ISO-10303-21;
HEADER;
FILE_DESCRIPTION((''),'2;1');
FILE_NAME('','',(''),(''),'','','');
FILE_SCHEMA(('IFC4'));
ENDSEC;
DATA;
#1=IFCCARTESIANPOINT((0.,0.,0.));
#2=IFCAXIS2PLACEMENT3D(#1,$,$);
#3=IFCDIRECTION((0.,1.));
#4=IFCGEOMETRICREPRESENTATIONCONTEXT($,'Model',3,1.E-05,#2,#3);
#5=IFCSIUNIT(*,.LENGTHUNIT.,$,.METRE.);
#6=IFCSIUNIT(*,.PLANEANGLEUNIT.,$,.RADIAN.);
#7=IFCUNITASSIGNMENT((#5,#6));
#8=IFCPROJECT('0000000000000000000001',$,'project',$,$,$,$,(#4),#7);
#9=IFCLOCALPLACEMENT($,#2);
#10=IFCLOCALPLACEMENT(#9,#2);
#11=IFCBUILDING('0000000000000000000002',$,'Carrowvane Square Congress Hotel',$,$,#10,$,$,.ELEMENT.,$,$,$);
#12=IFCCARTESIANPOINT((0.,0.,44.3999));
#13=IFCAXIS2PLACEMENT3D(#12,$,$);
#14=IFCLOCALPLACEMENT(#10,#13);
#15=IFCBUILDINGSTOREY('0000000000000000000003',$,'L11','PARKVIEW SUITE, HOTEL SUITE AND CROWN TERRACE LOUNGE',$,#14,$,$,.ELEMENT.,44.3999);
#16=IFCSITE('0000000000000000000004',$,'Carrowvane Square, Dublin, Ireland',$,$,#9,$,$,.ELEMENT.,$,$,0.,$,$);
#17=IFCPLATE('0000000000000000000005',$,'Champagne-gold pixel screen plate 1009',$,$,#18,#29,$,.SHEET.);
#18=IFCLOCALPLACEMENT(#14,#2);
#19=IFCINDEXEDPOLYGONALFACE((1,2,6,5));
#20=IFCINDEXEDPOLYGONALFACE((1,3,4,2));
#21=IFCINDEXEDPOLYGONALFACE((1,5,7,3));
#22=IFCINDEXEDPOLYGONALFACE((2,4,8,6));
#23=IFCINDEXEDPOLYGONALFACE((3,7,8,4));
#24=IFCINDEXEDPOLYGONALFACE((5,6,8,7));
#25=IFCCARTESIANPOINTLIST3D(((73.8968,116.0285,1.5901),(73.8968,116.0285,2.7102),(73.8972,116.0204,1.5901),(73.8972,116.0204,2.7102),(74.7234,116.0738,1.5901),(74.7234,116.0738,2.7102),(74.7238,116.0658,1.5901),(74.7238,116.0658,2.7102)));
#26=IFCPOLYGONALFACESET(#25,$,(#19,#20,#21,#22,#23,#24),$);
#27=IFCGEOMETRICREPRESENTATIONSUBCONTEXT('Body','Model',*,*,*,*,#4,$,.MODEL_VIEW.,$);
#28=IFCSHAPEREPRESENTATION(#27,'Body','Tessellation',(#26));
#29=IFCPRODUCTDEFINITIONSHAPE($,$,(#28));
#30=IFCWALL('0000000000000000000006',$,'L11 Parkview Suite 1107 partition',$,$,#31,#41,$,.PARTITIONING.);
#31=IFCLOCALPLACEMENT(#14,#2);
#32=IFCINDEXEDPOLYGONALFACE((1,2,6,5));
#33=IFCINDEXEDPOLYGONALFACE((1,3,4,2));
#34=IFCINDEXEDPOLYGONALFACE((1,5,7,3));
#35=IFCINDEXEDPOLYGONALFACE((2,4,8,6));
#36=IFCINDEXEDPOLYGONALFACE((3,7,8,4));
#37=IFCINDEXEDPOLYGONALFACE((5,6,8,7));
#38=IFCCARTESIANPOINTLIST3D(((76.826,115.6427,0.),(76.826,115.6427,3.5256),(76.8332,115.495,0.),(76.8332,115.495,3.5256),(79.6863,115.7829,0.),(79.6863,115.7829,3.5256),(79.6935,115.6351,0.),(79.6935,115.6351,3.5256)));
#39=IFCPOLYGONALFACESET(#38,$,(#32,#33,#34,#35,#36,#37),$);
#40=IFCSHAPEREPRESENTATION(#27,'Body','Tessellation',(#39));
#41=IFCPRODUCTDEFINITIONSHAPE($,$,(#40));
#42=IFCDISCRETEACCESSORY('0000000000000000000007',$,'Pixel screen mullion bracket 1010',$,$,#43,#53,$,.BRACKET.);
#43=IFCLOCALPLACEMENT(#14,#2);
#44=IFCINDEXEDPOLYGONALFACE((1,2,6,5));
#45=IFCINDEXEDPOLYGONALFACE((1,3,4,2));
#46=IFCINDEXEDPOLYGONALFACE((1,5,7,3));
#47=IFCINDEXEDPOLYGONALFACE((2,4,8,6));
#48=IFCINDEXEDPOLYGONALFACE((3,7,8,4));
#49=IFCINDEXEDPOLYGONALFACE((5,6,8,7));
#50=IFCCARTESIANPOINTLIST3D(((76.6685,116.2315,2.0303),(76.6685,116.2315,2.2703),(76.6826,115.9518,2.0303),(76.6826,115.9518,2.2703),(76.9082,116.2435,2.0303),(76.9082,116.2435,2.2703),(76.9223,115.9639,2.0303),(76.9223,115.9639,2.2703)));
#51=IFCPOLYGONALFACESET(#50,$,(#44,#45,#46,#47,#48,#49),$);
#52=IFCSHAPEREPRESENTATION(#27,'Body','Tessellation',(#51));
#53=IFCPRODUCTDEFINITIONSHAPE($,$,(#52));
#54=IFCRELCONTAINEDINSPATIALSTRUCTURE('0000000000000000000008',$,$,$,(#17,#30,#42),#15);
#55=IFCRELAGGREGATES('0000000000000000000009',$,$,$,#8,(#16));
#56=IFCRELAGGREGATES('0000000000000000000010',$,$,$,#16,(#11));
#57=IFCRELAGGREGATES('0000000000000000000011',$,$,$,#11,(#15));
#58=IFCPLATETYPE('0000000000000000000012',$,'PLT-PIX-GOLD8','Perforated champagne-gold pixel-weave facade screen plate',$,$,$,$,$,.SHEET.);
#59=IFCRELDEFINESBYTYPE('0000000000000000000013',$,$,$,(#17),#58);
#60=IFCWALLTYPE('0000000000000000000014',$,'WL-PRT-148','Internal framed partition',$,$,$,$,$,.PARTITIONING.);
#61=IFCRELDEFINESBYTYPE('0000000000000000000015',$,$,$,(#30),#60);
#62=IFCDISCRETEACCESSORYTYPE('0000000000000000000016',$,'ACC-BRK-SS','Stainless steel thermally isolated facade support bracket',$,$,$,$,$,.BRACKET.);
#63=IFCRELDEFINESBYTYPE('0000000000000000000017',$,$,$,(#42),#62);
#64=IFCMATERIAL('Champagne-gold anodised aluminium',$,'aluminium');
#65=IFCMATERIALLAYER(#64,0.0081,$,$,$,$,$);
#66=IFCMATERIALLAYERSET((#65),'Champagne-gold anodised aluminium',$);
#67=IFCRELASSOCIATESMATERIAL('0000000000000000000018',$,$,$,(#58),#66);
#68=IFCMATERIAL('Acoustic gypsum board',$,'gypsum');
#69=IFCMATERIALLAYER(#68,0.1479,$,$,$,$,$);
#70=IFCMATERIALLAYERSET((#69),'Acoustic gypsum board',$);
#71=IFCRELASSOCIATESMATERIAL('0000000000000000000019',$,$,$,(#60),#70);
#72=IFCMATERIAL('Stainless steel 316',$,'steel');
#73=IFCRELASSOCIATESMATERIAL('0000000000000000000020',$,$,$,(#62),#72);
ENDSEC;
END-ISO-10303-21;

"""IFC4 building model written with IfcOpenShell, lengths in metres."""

from ifc_helpers import new_model, si_unit, direction, frame, frame_2d, origin, origin_2d, place, context, subcontext, project, spatial, rectangle, extrude, material, layer, layer_set, type_object, element, save


model = new_model("IFC4")

# Units and contexts
model_context = context("Model", 3, precision=1e-05, world=origin(), true_north=direction((0.0, 1.0)))
body_context = subcontext(model_context, "Body", "Model", "MODEL_VIEW")
ifc_project = project(units=[si_unit("LENGTHUNIT", "METRE"), si_unit("PLANEANGLEUNIT", "RADIAN")], contexts=[model_context])

# Site, building, storey
site_placement = place(None, origin())
site = spatial("IfcSite", under=ifc_project, at=site_placement, Name="Carrowvane Square, Dublin, Ireland", CompositionType="ELEMENT", RefElevation=0.0)
building_placement = place(site_placement, origin())
building = spatial("IfcBuilding", under=site, at=building_placement, Name="Carrowvane Square Congress Hotel", CompositionType="ELEMENT")
storey_placement = place(building_placement, frame((0.0, 0.0, 44.3999)))
storey = spatial("IfcBuildingStorey", under=building, at=storey_placement, Name="L11", Description="PARKVIEW SUITE, HOTEL SUITE AND CROWN TERRACE LOUNGE", CompositionType="ELEMENT", Elevation=44.3999)

# Plate
ifc_material_1 = material(Name="Champagne-gold anodised aluminium", Category="aluminium")
ifc_layer_1 = layer(ifc_material_1, 0.0081)
ifc_layer_set_1 = layer_set([ifc_layer_1], Name="Champagne-gold anodised aluminium")
plate_type_1 = type_object("IfcPlateType", Name="PLT-PIX-GOLD8", Description="Perforated champagne-gold pixel-weave facade screen plate", PredefinedType="SHEET", material=ifc_layer_set_1)
plate_1_placement = place(storey_placement, frame((74.3103, 116.0471, 1.5901), z_axis=(0.0, 0.0, 1.0), x_axis=(0.998497, 0.054815, 0.0)))
element("IfcPlate", 1, at=plate_1_placement, inside=storey, type_object=plate_type_1, Name="Champagne-gold pixel screen plate 1009", PredefinedType="SHEET", context=body_context, shape_type="SweptSolid", body=[
    extrude(rectangle(XDim=0.8279, YDim=0.0081, at=origin_2d()), origin(), (0.0, 0.0, 1.0), 1.1201),
])

# Wall
ifc_material_2 = material(Name="Acoustic gypsum board", Category="gypsum")
ifc_layer_2 = layer(ifc_material_2, 0.1479)
ifc_layer_set_2 = layer_set([ifc_layer_2], Name="Acoustic gypsum board")
wall_type = type_object("IfcWallType", Name="WL-PRT-148", Description="Internal framed partition", PredefinedType="PARTITIONING", material=ifc_layer_set_2)
wall_placement = place(storey_placement, frame((76.8296, 115.5688, 0.0), z_axis=(0.0, 0.0, 1.0), x_axis=(0.998802, 0.048934, 0.0)))
element("IfcWall", 2, at=wall_placement, inside=storey, type_object=wall_type, Name="L11 Parkview Suite 1107 partition", PredefinedType="PARTITIONING", context=body_context, shape_type="SweptSolid", body=[
    extrude(rectangle(XDim=2.8638, YDim=0.1479, at=frame_2d((1.4319, 0.0))), origin(), (0.0, 0.0, 1.0), 3.5256),
])

# Discrete accessory
ifc_material_3 = material(Name="Stainless steel 316", Category="steel")
discrete_accessory_type = type_object("IfcDiscreteAccessoryType", Name="ACC-BRK-SS", Description="Stainless steel thermally isolated facade support bracket", PredefinedType="BRACKET", material=ifc_material_3)
discrete_accessory_placement = place(storey_placement, frame((76.7954, 116.0977, 2.0303), z_axis=(0.0, 0.0, 1.0), x_axis=(0.998733, 0.050322, 0.0)))
element("IfcDiscreteAccessory", 3, at=discrete_accessory_placement, inside=storey, type_object=discrete_accessory_type, Name="Pixel screen mullion bracket 1010", PredefinedType="BRACKET", context=body_context, shape_type="SweptSolid", body=[
    extrude(rectangle(XDim=0.24, YDim=0.28, at=origin_2d()), origin(), (0.0, 0.0, 1.0), 0.24),
])

save(model, "model.ifc")
